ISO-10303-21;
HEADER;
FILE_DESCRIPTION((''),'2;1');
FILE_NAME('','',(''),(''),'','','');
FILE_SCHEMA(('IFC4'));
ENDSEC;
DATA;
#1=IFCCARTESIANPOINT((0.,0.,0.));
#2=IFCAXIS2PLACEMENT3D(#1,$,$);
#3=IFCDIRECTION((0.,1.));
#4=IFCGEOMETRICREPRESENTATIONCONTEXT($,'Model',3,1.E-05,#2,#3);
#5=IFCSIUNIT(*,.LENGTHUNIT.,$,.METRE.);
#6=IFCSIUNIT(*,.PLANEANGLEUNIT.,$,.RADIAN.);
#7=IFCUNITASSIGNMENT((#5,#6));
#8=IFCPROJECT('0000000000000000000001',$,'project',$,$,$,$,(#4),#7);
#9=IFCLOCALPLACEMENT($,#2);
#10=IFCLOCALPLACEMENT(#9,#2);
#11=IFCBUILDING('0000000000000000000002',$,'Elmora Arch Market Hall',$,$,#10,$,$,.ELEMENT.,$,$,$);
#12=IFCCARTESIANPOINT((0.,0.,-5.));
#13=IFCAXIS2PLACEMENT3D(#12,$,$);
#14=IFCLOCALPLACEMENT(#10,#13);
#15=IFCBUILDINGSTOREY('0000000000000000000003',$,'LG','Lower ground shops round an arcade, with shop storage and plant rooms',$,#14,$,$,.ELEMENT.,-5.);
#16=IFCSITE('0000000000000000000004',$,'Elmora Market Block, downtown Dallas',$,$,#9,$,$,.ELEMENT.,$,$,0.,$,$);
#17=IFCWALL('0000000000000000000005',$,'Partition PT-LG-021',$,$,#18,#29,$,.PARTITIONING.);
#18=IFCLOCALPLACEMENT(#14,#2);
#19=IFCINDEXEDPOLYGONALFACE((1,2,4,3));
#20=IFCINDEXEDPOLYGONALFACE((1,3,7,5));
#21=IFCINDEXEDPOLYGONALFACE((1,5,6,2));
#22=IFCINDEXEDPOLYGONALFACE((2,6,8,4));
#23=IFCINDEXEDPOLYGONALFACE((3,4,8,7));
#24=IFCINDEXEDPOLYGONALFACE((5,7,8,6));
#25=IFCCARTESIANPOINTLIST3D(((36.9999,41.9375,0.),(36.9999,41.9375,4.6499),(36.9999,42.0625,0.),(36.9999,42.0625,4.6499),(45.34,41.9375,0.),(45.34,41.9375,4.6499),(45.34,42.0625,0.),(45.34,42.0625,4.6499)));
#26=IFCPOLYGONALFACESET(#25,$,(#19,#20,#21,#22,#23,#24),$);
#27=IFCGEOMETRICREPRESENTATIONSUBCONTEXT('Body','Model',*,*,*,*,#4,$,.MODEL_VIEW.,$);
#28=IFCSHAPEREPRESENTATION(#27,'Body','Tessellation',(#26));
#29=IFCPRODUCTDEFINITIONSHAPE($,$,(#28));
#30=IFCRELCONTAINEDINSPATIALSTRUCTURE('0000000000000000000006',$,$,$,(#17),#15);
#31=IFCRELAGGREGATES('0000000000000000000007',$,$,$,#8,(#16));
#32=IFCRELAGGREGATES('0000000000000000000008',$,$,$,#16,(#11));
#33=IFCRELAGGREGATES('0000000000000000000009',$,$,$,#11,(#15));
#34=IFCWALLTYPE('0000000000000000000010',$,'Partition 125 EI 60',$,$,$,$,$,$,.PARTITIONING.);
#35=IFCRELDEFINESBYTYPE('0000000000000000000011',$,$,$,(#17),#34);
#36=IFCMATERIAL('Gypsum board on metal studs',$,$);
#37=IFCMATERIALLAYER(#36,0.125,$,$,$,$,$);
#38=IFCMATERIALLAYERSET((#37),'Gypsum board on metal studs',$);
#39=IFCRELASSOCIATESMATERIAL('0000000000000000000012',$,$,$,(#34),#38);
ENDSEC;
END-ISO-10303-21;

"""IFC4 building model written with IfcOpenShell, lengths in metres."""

from ifc_helpers import new_model, si_unit, direction, frame, frame_2d, origin, place, context, subcontext, project, spatial, rectangle, extrude, material, layer, layer_set, type_object, element, save


model = new_model("IFC4")

# Units and contexts
model_context = context("Model", 3, precision=1e-05, world=origin(), true_north=direction((0.0, 1.0)))
body_context = subcontext(model_context, "Body", "Model", "MODEL_VIEW")
ifc_project = project(units=[si_unit("LENGTHUNIT", "METRE"), si_unit("PLANEANGLEUNIT", "RADIAN")], contexts=[model_context])

# Site, building, storey
site_placement = place(None, origin())
site = spatial("IfcSite", under=ifc_project, at=site_placement, Name="Elmora Market Block, downtown Dallas", CompositionType="ELEMENT", RefElevation=0.0)
building_placement = place(site_placement, origin())
building = spatial("IfcBuilding", under=site, at=building_placement, Name="Elmora Arch Market Hall", CompositionType="ELEMENT")
storey_placement = place(building_placement, frame((0.0, 0.0, -5.0)))
storey = spatial("IfcBuildingStorey", under=building, at=storey_placement, Name="LG", Description="Lower ground shops round an arcade, with shop storage and plant rooms", CompositionType="ELEMENT", Elevation=-5.0)

# Wall
ifc_material_1 = material(Name="Gypsum board on metal studs")
ifc_layer_1 = layer(ifc_material_1, 0.125)
ifc_layer_set_1 = layer_set([ifc_layer_1], Name="Gypsum board on metal studs")
wall_type_1 = type_object("IfcWallType", Name="Partition 125 EI 60", PredefinedType="PARTITIONING", material=ifc_layer_set_1)
wall_1_placement = place(storey_placement, frame((37.0, 42.0, 0.0), z_axis=(0.0, 0.0, 1.0), x_axis=(1.0, 0.0, 0.0)))
element("IfcWall", 1, at=wall_1_placement, inside=storey, type_object=wall_type_1, Name="Partition PT-LG-021", PredefinedType="PARTITIONING", context=body_context, shape_type="SweptSolid", body=[
    extrude(rectangle(XDim=8.3401, YDim=0.125, at=frame_2d((4.1699, 0.0))), origin(), (0.0, 0.0, 1.0), 4.6499),
])

save(model, "model.ifc")
